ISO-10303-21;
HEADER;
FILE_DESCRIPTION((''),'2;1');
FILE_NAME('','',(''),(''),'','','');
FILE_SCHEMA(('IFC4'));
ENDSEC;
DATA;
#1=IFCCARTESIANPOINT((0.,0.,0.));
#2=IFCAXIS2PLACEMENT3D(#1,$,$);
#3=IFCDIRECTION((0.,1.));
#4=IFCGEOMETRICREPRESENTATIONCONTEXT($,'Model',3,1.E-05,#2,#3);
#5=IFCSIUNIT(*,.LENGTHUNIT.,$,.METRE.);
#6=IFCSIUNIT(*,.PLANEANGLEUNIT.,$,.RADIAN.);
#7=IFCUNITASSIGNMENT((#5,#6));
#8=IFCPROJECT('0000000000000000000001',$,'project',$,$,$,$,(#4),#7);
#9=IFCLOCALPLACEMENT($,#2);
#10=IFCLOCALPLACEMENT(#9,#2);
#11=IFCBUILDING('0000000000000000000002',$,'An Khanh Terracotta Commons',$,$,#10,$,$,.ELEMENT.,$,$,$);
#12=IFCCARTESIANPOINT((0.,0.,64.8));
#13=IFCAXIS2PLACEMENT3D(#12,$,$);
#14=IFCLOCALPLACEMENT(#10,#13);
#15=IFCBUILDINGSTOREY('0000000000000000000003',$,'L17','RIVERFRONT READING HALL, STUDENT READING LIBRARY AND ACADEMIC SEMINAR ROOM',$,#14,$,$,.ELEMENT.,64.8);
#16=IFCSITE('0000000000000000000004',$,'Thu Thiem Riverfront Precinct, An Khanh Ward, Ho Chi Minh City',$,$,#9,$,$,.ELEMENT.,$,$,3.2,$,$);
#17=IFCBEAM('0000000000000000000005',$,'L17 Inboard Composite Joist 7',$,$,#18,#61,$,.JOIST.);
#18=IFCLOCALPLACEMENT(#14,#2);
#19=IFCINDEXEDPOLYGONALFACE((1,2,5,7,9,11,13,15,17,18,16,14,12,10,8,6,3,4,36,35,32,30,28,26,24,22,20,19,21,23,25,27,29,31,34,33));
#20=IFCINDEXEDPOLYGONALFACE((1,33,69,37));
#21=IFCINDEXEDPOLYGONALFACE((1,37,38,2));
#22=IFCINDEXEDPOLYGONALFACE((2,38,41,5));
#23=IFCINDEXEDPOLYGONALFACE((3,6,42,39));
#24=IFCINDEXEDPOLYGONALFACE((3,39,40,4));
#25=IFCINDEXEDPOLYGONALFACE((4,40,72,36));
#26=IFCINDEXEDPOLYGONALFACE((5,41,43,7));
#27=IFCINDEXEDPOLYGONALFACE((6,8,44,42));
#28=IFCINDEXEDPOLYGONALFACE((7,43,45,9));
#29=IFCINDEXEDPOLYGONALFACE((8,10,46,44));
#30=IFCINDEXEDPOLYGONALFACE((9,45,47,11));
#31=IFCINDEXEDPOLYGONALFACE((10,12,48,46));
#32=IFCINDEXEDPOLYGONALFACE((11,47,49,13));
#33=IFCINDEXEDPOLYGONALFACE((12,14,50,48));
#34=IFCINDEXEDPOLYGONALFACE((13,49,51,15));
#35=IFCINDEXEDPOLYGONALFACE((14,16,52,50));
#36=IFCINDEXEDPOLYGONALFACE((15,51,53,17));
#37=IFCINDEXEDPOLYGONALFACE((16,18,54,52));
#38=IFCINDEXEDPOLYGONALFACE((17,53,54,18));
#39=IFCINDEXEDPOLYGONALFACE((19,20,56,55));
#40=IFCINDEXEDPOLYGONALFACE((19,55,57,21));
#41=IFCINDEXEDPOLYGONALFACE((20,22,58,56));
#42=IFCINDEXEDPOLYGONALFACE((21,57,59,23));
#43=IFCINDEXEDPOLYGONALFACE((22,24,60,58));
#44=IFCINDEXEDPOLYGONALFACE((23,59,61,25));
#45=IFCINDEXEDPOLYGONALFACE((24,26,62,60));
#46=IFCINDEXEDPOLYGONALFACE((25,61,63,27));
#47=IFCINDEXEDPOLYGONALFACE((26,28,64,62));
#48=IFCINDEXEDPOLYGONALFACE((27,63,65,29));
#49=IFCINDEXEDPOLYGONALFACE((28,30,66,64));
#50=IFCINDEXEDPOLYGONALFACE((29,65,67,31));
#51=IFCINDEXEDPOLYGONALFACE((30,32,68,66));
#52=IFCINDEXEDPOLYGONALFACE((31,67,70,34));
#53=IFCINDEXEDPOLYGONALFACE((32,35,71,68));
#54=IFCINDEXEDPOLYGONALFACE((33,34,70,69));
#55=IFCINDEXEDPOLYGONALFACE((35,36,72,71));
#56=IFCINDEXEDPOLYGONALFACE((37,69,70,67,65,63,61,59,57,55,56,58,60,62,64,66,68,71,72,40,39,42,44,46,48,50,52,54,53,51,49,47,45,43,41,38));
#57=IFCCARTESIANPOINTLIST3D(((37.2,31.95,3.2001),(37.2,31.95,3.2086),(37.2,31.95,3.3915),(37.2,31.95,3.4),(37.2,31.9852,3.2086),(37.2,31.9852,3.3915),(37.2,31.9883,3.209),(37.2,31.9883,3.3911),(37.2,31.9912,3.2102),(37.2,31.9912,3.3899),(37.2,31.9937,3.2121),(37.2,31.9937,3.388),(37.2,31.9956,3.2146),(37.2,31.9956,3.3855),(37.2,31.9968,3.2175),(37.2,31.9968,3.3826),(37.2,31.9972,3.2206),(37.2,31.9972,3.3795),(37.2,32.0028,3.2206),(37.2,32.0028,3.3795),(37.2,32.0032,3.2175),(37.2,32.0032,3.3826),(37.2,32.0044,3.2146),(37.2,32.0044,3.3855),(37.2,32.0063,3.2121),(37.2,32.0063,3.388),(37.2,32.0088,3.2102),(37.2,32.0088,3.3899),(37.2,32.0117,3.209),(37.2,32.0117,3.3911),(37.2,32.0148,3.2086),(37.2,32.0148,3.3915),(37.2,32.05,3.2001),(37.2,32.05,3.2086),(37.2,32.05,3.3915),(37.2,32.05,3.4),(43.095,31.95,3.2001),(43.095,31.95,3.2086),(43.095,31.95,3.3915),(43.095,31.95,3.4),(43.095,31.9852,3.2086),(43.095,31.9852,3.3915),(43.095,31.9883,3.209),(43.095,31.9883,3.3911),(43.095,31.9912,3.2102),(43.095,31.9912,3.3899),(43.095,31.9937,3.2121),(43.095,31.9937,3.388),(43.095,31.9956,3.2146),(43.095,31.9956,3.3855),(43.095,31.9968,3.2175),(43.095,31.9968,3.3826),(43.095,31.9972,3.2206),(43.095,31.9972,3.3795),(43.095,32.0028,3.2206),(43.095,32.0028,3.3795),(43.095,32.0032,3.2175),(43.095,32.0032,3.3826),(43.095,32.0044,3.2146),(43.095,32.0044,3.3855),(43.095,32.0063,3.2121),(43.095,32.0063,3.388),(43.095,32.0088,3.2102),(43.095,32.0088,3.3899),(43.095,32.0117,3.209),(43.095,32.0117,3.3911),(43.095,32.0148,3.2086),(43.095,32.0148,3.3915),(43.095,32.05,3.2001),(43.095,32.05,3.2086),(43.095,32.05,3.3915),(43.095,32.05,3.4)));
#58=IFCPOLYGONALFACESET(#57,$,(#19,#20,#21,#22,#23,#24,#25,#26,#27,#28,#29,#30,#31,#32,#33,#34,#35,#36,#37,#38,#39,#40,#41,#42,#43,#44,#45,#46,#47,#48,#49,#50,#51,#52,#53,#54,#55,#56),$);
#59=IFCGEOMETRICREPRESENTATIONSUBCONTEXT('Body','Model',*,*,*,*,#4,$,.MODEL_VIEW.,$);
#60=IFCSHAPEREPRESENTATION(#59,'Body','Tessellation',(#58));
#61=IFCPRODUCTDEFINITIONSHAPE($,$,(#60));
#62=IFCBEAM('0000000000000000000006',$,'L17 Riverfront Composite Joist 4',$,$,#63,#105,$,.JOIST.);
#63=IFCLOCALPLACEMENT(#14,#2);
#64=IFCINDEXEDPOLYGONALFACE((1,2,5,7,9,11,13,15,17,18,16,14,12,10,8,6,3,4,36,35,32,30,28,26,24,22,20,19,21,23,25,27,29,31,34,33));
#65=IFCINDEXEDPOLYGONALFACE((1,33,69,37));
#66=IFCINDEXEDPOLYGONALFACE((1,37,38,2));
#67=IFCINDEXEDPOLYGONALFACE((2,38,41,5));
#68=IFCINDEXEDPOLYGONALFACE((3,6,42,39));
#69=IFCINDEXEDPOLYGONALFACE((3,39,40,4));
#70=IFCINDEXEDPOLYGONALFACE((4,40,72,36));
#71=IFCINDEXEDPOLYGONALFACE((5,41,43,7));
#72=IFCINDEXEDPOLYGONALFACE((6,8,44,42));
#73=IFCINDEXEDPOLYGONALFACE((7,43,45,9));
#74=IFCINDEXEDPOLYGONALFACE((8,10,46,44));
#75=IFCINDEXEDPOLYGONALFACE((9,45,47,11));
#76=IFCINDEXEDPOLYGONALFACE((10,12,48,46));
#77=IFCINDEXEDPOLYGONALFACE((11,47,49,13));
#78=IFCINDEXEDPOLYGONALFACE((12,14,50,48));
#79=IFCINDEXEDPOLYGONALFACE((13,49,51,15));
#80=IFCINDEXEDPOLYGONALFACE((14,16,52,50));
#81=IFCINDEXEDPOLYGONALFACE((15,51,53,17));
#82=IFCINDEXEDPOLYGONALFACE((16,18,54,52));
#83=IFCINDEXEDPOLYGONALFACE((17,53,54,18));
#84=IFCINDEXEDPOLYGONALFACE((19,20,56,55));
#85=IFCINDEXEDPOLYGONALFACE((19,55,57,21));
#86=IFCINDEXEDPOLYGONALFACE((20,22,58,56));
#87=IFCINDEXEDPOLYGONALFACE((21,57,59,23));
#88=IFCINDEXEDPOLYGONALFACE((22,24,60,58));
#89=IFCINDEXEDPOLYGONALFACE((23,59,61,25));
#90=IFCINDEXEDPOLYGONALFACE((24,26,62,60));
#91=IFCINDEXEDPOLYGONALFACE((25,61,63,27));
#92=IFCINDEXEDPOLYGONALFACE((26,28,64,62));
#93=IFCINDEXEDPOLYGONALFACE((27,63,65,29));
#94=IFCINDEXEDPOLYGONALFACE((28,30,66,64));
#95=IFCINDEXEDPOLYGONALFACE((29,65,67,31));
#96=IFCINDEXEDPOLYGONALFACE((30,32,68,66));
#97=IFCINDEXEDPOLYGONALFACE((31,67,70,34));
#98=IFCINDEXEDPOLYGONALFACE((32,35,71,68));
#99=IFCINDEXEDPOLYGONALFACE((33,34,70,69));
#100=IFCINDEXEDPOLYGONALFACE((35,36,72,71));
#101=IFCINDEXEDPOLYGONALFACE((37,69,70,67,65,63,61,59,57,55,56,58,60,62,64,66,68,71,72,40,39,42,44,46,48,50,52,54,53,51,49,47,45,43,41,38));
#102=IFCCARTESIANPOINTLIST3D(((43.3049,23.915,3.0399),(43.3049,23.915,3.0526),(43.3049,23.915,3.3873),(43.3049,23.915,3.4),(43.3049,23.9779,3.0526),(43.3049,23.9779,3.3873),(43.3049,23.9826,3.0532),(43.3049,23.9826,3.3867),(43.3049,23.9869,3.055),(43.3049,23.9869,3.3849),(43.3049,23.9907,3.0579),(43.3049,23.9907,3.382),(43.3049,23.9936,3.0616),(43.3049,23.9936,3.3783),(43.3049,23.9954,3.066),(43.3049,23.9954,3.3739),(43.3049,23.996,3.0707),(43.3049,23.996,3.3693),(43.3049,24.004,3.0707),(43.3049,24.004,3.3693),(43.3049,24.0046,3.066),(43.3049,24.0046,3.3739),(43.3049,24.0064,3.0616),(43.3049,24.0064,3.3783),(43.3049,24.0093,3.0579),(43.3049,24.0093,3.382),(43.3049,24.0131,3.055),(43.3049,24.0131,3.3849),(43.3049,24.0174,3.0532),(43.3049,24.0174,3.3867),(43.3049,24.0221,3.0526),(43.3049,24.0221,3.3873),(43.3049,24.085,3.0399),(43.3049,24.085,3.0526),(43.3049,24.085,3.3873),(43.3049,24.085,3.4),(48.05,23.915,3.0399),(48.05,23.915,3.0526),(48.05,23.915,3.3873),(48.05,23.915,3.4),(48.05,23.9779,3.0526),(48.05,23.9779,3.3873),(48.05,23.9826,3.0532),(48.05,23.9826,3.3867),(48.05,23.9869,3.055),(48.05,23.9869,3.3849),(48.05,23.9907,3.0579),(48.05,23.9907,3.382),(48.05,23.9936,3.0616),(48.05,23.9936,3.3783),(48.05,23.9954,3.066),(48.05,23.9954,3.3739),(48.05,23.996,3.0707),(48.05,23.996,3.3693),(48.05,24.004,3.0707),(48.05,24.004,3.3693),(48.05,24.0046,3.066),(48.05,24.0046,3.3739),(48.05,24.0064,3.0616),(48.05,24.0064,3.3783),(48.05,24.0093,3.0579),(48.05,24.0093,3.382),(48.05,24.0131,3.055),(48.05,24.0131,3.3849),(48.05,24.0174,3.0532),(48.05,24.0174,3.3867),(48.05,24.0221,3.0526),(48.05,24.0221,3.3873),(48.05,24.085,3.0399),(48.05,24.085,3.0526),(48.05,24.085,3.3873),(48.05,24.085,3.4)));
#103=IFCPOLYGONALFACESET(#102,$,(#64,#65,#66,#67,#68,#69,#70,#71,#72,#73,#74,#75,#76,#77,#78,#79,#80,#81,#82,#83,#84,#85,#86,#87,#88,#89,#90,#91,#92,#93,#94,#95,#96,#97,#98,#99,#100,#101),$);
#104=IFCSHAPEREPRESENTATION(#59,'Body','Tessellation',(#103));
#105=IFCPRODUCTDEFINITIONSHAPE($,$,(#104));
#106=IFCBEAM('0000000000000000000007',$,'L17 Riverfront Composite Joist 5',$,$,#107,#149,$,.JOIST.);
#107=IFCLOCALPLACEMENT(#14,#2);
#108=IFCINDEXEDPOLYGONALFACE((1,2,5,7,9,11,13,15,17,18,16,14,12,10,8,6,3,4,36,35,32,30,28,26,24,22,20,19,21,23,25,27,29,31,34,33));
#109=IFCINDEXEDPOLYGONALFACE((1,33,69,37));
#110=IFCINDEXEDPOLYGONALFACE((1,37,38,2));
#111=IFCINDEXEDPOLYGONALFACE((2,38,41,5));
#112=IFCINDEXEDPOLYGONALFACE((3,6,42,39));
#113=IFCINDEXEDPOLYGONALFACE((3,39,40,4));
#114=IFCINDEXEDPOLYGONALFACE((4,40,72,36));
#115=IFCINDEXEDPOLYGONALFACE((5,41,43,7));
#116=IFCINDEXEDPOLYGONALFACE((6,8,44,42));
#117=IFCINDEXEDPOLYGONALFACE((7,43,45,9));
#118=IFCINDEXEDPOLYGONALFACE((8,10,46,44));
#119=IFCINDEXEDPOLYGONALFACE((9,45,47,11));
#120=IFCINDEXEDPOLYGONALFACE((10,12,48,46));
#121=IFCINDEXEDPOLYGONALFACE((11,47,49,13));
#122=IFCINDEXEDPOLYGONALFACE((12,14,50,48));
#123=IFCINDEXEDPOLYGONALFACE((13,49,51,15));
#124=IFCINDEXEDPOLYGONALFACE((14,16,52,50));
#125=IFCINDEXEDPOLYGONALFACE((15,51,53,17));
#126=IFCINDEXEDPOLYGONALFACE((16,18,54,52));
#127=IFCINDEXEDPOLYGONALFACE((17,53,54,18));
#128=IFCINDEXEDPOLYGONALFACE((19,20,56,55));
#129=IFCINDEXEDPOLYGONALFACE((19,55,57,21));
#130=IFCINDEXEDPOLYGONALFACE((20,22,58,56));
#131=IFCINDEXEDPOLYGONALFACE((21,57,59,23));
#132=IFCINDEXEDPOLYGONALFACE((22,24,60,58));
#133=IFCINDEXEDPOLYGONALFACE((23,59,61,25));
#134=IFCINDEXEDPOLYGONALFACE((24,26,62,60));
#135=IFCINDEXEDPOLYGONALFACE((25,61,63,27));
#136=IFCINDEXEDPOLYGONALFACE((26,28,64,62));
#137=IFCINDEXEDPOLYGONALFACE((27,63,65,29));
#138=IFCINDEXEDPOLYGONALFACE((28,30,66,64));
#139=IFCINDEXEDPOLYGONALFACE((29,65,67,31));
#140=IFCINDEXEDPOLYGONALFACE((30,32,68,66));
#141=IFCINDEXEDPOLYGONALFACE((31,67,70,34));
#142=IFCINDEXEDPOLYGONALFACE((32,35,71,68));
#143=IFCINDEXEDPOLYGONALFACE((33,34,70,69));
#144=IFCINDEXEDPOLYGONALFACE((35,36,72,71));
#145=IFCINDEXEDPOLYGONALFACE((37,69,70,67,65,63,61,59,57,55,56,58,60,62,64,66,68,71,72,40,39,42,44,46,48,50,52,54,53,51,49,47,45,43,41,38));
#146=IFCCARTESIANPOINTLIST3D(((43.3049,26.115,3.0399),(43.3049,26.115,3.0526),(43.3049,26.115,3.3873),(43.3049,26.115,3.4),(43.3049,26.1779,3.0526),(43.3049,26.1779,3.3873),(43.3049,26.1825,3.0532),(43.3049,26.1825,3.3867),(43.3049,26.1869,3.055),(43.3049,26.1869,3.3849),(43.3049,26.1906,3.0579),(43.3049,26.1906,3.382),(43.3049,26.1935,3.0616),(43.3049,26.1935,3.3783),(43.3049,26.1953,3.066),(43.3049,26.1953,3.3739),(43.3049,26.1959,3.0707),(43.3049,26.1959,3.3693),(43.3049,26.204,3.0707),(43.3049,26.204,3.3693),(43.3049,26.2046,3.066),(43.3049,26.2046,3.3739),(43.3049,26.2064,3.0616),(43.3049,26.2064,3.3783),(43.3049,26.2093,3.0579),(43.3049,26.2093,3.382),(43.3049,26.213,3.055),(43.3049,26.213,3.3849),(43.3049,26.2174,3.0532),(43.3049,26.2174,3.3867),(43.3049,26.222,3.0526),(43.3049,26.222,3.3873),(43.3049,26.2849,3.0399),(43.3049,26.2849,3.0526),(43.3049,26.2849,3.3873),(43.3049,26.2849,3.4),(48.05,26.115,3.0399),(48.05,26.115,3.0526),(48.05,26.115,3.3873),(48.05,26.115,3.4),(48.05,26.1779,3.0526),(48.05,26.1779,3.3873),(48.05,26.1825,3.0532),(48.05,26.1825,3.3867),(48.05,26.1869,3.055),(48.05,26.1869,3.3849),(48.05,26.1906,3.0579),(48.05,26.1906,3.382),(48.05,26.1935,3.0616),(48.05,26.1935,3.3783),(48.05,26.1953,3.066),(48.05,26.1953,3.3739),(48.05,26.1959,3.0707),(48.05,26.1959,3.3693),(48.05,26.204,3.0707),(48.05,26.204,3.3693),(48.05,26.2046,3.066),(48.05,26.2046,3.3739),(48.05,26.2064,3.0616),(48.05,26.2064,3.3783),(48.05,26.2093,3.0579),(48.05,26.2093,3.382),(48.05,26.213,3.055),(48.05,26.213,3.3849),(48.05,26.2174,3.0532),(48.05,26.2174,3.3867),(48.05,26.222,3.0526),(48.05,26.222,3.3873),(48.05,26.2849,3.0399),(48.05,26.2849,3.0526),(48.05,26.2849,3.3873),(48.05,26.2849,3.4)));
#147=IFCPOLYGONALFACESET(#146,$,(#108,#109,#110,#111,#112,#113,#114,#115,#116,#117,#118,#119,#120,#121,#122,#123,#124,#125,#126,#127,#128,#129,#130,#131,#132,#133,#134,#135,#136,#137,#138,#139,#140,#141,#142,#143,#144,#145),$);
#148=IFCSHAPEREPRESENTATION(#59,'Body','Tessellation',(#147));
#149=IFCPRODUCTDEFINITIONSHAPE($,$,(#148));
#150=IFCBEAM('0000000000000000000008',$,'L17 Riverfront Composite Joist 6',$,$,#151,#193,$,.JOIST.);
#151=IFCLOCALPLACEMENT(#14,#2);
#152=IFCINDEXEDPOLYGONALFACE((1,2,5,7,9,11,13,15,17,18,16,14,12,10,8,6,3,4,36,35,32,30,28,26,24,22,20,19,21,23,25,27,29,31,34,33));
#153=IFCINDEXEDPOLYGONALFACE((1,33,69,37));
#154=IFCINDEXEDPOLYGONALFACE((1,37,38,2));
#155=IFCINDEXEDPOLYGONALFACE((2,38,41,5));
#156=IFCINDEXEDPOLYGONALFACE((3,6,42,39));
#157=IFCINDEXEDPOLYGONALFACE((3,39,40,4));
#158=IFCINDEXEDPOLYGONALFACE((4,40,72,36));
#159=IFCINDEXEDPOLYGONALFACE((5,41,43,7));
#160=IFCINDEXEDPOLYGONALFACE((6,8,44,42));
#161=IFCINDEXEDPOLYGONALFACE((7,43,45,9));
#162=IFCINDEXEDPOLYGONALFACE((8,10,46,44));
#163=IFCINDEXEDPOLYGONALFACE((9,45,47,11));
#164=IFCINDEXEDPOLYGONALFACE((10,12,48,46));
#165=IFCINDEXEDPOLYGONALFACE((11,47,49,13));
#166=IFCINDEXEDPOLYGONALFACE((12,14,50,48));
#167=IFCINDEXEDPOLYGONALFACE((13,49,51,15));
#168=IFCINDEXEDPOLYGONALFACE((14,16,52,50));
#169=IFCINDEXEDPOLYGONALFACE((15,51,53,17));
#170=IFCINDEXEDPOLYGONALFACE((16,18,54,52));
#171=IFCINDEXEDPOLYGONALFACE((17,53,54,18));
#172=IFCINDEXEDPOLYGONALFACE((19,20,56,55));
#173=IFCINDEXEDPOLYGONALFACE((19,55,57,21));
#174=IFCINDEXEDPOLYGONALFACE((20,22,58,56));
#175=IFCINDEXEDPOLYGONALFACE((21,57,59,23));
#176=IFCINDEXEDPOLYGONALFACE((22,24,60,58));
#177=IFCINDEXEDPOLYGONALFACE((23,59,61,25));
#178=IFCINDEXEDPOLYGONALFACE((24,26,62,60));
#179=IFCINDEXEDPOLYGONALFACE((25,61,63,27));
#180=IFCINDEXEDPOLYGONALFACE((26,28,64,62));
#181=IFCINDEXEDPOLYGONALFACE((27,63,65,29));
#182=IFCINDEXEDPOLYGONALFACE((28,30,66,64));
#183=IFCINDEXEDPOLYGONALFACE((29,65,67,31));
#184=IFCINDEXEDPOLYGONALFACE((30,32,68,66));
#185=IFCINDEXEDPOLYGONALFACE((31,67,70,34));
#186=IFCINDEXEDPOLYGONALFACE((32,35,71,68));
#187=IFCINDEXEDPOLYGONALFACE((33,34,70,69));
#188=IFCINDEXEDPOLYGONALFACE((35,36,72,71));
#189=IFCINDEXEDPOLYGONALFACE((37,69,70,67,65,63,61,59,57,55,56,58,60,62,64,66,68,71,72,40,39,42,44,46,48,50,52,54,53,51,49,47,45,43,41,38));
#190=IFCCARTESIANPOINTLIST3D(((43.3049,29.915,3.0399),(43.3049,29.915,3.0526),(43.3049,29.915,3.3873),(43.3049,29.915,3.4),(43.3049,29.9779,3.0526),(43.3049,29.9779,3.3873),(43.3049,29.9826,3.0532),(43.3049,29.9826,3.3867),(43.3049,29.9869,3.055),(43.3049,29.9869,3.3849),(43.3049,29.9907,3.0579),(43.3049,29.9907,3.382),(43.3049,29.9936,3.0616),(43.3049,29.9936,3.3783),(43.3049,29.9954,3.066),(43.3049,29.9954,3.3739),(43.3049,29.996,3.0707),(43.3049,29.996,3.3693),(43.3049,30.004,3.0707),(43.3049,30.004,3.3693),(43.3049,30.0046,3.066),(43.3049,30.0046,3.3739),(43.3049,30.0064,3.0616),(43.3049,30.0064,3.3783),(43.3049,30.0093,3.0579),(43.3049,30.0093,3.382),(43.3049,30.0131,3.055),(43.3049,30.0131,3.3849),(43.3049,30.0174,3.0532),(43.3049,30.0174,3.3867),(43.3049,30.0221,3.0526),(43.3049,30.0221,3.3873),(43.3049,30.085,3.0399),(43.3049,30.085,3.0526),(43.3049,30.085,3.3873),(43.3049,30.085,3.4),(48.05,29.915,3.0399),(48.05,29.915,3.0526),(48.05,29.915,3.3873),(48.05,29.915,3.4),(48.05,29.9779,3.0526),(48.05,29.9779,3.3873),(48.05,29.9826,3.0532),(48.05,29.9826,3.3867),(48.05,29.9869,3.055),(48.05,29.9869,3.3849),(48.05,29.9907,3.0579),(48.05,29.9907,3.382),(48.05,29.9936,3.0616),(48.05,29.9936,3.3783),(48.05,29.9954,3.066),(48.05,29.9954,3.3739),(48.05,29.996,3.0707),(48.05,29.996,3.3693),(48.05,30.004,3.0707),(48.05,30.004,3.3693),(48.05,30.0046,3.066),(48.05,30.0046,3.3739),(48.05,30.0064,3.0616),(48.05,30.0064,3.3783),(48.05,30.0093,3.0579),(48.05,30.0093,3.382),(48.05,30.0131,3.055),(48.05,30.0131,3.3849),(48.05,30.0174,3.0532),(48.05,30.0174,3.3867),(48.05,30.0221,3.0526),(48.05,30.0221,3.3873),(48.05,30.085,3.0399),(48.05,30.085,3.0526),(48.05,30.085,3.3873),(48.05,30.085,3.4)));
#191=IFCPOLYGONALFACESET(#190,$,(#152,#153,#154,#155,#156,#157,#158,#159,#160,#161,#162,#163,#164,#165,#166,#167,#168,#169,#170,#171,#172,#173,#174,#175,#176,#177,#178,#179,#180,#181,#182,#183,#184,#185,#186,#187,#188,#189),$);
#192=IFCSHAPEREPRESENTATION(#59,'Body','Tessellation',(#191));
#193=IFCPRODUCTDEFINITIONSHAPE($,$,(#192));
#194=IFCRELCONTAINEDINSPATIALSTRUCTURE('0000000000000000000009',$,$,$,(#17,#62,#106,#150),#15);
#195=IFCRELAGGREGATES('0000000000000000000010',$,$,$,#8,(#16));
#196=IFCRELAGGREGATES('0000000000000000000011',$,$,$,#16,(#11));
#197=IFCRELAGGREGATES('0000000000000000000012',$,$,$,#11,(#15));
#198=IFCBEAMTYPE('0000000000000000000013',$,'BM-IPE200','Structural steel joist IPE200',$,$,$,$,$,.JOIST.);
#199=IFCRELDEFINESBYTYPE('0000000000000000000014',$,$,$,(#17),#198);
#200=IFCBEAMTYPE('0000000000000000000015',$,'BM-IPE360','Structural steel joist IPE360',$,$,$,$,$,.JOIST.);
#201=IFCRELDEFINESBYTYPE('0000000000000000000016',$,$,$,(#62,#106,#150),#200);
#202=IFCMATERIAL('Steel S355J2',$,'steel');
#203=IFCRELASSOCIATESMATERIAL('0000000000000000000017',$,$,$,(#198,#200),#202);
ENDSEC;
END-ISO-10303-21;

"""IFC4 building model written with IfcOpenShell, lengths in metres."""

from ifc_helpers import new_model, si_unit, direction, frame, origin, origin_2d, place, context, subcontext, project, spatial, i_section, extrude, material, material_profile, profile_set, type_object, element, save


model = new_model("IFC4")

# Units and contexts
model_context = context("Model", 3, precision=1e-05, world=origin(), true_north=direction((0.0, 1.0)))
body_context = subcontext(model_context, "Body", "Model", "MODEL_VIEW")
ifc_project = project(units=[si_unit("LENGTHUNIT", "METRE"), si_unit("PLANEANGLEUNIT", "RADIAN")], contexts=[model_context])

# Site, building, storey
site_placement = place(None, origin())
site = spatial("IfcSite", under=ifc_project, at=site_placement, Name="Thu Thiem Riverfront Precinct, An Khanh Ward, Ho Chi Minh City", CompositionType="ELEMENT", RefElevation=3.2)
building_placement = place(site_placement, origin())
building = spatial("IfcBuilding", under=site, at=building_placement, Name="An Khanh Terracotta Commons", CompositionType="ELEMENT")
storey_placement = place(building_placement, frame((0.0, 0.0, 64.8)))
storey = spatial("IfcBuildingStorey", under=building, at=storey_placement, Name="L17", Description="RIVERFRONT READING HALL, STUDENT READING LIBRARY AND ACADEMIC SEMINAR ROOM", CompositionType="ELEMENT", Elevation=64.8)

# Beams
ifc_material_1 = material(Name="Steel S355J2", Category="steel")
ifc_material_profile_1 = material_profile(ifc_material_1, i_section(OverallWidth=0.1001, OverallDepth=0.2, WebThickness=0.0056, FlangeThickness=0.0085, FilletRadius=0.012, at=origin_2d()), Name="IPE200")
ifc_profile_set_1 = profile_set([ifc_material_profile_1], Name="Steel S355J2")
beam_type_1 = type_object("IfcBeamType", Name="BM-IPE200", Description="Structural steel joist IPE200", PredefinedType="JOIST", material=ifc_profile_set_1)
for number, where, z_axis, x_axis, name in (
    (1, (37.2, 32.0, 3.3), (1.0, 0.0, 0.0), (0.0, 1.0, 0.0), "L17 Inboard Composite Joist 7"),
):
    element("IfcBeam", number, at=place(storey_placement, frame(where, z_axis=z_axis, x_axis=x_axis)), inside=storey, type_object=beam_type_1, Name=name, PredefinedType="JOIST", context=body_context, shape_type="SweptSolid", body=[
        extrude(i_section(OverallWidth=0.1001, OverallDepth=0.2, WebThickness=0.0056, FlangeThickness=0.0085, FilletRadius=0.012, at=origin_2d()), origin(), (0.0, 0.0, 1.0), 5.895),
    ])
ifc_material_profile_2 = material_profile(ifc_material_1, i_section(OverallWidth=0.1699, OverallDepth=0.3601, WebThickness=0.0081, FlangeThickness=0.0127, FilletRadius=0.0181, at=origin_2d()), Name="IPE360")
ifc_profile_set_2 = profile_set([ifc_material_profile_2], Name="Steel S355J2")
beam_type_2 = type_object("IfcBeamType", Name="BM-IPE360", Description="Structural steel joist IPE360", PredefinedType="JOIST", material=ifc_profile_set_2)
for number, where, z_axis, x_axis, name in (
    (2, (43.3049, 24.0, 3.22), (1.0, 0.0, 0.0), (0.0, 1.0, 0.0), "L17 Riverfront Composite Joist 4"),
    (3, (43.3049, 26.2, 3.22), (1.0, 0.0, 0.0), (0.0, 1.0, 0.0), "L17 Riverfront Composite Joist 5"),
    (4, (43.3049, 30.0, 3.22), (1.0, 0.0, 0.0), (0.0, 1.0, 0.0), "L17 Riverfront Composite Joist 6"),
):
    element("IfcBeam", number, at=place(storey_placement, frame(where, z_axis=z_axis, x_axis=x_axis)), inside=storey, type_object=beam_type_2, Name=name, PredefinedType="JOIST", context=body_context, shape_type="SweptSolid", body=[
        extrude(i_section(OverallWidth=0.1699, OverallDepth=0.3601, WebThickness=0.0081, FlangeThickness=0.0127, FilletRadius=0.0181, at=origin_2d()), origin(), (0.0, 0.0, 1.0), 4.7451),
    ])

save(model, "model.ifc")
